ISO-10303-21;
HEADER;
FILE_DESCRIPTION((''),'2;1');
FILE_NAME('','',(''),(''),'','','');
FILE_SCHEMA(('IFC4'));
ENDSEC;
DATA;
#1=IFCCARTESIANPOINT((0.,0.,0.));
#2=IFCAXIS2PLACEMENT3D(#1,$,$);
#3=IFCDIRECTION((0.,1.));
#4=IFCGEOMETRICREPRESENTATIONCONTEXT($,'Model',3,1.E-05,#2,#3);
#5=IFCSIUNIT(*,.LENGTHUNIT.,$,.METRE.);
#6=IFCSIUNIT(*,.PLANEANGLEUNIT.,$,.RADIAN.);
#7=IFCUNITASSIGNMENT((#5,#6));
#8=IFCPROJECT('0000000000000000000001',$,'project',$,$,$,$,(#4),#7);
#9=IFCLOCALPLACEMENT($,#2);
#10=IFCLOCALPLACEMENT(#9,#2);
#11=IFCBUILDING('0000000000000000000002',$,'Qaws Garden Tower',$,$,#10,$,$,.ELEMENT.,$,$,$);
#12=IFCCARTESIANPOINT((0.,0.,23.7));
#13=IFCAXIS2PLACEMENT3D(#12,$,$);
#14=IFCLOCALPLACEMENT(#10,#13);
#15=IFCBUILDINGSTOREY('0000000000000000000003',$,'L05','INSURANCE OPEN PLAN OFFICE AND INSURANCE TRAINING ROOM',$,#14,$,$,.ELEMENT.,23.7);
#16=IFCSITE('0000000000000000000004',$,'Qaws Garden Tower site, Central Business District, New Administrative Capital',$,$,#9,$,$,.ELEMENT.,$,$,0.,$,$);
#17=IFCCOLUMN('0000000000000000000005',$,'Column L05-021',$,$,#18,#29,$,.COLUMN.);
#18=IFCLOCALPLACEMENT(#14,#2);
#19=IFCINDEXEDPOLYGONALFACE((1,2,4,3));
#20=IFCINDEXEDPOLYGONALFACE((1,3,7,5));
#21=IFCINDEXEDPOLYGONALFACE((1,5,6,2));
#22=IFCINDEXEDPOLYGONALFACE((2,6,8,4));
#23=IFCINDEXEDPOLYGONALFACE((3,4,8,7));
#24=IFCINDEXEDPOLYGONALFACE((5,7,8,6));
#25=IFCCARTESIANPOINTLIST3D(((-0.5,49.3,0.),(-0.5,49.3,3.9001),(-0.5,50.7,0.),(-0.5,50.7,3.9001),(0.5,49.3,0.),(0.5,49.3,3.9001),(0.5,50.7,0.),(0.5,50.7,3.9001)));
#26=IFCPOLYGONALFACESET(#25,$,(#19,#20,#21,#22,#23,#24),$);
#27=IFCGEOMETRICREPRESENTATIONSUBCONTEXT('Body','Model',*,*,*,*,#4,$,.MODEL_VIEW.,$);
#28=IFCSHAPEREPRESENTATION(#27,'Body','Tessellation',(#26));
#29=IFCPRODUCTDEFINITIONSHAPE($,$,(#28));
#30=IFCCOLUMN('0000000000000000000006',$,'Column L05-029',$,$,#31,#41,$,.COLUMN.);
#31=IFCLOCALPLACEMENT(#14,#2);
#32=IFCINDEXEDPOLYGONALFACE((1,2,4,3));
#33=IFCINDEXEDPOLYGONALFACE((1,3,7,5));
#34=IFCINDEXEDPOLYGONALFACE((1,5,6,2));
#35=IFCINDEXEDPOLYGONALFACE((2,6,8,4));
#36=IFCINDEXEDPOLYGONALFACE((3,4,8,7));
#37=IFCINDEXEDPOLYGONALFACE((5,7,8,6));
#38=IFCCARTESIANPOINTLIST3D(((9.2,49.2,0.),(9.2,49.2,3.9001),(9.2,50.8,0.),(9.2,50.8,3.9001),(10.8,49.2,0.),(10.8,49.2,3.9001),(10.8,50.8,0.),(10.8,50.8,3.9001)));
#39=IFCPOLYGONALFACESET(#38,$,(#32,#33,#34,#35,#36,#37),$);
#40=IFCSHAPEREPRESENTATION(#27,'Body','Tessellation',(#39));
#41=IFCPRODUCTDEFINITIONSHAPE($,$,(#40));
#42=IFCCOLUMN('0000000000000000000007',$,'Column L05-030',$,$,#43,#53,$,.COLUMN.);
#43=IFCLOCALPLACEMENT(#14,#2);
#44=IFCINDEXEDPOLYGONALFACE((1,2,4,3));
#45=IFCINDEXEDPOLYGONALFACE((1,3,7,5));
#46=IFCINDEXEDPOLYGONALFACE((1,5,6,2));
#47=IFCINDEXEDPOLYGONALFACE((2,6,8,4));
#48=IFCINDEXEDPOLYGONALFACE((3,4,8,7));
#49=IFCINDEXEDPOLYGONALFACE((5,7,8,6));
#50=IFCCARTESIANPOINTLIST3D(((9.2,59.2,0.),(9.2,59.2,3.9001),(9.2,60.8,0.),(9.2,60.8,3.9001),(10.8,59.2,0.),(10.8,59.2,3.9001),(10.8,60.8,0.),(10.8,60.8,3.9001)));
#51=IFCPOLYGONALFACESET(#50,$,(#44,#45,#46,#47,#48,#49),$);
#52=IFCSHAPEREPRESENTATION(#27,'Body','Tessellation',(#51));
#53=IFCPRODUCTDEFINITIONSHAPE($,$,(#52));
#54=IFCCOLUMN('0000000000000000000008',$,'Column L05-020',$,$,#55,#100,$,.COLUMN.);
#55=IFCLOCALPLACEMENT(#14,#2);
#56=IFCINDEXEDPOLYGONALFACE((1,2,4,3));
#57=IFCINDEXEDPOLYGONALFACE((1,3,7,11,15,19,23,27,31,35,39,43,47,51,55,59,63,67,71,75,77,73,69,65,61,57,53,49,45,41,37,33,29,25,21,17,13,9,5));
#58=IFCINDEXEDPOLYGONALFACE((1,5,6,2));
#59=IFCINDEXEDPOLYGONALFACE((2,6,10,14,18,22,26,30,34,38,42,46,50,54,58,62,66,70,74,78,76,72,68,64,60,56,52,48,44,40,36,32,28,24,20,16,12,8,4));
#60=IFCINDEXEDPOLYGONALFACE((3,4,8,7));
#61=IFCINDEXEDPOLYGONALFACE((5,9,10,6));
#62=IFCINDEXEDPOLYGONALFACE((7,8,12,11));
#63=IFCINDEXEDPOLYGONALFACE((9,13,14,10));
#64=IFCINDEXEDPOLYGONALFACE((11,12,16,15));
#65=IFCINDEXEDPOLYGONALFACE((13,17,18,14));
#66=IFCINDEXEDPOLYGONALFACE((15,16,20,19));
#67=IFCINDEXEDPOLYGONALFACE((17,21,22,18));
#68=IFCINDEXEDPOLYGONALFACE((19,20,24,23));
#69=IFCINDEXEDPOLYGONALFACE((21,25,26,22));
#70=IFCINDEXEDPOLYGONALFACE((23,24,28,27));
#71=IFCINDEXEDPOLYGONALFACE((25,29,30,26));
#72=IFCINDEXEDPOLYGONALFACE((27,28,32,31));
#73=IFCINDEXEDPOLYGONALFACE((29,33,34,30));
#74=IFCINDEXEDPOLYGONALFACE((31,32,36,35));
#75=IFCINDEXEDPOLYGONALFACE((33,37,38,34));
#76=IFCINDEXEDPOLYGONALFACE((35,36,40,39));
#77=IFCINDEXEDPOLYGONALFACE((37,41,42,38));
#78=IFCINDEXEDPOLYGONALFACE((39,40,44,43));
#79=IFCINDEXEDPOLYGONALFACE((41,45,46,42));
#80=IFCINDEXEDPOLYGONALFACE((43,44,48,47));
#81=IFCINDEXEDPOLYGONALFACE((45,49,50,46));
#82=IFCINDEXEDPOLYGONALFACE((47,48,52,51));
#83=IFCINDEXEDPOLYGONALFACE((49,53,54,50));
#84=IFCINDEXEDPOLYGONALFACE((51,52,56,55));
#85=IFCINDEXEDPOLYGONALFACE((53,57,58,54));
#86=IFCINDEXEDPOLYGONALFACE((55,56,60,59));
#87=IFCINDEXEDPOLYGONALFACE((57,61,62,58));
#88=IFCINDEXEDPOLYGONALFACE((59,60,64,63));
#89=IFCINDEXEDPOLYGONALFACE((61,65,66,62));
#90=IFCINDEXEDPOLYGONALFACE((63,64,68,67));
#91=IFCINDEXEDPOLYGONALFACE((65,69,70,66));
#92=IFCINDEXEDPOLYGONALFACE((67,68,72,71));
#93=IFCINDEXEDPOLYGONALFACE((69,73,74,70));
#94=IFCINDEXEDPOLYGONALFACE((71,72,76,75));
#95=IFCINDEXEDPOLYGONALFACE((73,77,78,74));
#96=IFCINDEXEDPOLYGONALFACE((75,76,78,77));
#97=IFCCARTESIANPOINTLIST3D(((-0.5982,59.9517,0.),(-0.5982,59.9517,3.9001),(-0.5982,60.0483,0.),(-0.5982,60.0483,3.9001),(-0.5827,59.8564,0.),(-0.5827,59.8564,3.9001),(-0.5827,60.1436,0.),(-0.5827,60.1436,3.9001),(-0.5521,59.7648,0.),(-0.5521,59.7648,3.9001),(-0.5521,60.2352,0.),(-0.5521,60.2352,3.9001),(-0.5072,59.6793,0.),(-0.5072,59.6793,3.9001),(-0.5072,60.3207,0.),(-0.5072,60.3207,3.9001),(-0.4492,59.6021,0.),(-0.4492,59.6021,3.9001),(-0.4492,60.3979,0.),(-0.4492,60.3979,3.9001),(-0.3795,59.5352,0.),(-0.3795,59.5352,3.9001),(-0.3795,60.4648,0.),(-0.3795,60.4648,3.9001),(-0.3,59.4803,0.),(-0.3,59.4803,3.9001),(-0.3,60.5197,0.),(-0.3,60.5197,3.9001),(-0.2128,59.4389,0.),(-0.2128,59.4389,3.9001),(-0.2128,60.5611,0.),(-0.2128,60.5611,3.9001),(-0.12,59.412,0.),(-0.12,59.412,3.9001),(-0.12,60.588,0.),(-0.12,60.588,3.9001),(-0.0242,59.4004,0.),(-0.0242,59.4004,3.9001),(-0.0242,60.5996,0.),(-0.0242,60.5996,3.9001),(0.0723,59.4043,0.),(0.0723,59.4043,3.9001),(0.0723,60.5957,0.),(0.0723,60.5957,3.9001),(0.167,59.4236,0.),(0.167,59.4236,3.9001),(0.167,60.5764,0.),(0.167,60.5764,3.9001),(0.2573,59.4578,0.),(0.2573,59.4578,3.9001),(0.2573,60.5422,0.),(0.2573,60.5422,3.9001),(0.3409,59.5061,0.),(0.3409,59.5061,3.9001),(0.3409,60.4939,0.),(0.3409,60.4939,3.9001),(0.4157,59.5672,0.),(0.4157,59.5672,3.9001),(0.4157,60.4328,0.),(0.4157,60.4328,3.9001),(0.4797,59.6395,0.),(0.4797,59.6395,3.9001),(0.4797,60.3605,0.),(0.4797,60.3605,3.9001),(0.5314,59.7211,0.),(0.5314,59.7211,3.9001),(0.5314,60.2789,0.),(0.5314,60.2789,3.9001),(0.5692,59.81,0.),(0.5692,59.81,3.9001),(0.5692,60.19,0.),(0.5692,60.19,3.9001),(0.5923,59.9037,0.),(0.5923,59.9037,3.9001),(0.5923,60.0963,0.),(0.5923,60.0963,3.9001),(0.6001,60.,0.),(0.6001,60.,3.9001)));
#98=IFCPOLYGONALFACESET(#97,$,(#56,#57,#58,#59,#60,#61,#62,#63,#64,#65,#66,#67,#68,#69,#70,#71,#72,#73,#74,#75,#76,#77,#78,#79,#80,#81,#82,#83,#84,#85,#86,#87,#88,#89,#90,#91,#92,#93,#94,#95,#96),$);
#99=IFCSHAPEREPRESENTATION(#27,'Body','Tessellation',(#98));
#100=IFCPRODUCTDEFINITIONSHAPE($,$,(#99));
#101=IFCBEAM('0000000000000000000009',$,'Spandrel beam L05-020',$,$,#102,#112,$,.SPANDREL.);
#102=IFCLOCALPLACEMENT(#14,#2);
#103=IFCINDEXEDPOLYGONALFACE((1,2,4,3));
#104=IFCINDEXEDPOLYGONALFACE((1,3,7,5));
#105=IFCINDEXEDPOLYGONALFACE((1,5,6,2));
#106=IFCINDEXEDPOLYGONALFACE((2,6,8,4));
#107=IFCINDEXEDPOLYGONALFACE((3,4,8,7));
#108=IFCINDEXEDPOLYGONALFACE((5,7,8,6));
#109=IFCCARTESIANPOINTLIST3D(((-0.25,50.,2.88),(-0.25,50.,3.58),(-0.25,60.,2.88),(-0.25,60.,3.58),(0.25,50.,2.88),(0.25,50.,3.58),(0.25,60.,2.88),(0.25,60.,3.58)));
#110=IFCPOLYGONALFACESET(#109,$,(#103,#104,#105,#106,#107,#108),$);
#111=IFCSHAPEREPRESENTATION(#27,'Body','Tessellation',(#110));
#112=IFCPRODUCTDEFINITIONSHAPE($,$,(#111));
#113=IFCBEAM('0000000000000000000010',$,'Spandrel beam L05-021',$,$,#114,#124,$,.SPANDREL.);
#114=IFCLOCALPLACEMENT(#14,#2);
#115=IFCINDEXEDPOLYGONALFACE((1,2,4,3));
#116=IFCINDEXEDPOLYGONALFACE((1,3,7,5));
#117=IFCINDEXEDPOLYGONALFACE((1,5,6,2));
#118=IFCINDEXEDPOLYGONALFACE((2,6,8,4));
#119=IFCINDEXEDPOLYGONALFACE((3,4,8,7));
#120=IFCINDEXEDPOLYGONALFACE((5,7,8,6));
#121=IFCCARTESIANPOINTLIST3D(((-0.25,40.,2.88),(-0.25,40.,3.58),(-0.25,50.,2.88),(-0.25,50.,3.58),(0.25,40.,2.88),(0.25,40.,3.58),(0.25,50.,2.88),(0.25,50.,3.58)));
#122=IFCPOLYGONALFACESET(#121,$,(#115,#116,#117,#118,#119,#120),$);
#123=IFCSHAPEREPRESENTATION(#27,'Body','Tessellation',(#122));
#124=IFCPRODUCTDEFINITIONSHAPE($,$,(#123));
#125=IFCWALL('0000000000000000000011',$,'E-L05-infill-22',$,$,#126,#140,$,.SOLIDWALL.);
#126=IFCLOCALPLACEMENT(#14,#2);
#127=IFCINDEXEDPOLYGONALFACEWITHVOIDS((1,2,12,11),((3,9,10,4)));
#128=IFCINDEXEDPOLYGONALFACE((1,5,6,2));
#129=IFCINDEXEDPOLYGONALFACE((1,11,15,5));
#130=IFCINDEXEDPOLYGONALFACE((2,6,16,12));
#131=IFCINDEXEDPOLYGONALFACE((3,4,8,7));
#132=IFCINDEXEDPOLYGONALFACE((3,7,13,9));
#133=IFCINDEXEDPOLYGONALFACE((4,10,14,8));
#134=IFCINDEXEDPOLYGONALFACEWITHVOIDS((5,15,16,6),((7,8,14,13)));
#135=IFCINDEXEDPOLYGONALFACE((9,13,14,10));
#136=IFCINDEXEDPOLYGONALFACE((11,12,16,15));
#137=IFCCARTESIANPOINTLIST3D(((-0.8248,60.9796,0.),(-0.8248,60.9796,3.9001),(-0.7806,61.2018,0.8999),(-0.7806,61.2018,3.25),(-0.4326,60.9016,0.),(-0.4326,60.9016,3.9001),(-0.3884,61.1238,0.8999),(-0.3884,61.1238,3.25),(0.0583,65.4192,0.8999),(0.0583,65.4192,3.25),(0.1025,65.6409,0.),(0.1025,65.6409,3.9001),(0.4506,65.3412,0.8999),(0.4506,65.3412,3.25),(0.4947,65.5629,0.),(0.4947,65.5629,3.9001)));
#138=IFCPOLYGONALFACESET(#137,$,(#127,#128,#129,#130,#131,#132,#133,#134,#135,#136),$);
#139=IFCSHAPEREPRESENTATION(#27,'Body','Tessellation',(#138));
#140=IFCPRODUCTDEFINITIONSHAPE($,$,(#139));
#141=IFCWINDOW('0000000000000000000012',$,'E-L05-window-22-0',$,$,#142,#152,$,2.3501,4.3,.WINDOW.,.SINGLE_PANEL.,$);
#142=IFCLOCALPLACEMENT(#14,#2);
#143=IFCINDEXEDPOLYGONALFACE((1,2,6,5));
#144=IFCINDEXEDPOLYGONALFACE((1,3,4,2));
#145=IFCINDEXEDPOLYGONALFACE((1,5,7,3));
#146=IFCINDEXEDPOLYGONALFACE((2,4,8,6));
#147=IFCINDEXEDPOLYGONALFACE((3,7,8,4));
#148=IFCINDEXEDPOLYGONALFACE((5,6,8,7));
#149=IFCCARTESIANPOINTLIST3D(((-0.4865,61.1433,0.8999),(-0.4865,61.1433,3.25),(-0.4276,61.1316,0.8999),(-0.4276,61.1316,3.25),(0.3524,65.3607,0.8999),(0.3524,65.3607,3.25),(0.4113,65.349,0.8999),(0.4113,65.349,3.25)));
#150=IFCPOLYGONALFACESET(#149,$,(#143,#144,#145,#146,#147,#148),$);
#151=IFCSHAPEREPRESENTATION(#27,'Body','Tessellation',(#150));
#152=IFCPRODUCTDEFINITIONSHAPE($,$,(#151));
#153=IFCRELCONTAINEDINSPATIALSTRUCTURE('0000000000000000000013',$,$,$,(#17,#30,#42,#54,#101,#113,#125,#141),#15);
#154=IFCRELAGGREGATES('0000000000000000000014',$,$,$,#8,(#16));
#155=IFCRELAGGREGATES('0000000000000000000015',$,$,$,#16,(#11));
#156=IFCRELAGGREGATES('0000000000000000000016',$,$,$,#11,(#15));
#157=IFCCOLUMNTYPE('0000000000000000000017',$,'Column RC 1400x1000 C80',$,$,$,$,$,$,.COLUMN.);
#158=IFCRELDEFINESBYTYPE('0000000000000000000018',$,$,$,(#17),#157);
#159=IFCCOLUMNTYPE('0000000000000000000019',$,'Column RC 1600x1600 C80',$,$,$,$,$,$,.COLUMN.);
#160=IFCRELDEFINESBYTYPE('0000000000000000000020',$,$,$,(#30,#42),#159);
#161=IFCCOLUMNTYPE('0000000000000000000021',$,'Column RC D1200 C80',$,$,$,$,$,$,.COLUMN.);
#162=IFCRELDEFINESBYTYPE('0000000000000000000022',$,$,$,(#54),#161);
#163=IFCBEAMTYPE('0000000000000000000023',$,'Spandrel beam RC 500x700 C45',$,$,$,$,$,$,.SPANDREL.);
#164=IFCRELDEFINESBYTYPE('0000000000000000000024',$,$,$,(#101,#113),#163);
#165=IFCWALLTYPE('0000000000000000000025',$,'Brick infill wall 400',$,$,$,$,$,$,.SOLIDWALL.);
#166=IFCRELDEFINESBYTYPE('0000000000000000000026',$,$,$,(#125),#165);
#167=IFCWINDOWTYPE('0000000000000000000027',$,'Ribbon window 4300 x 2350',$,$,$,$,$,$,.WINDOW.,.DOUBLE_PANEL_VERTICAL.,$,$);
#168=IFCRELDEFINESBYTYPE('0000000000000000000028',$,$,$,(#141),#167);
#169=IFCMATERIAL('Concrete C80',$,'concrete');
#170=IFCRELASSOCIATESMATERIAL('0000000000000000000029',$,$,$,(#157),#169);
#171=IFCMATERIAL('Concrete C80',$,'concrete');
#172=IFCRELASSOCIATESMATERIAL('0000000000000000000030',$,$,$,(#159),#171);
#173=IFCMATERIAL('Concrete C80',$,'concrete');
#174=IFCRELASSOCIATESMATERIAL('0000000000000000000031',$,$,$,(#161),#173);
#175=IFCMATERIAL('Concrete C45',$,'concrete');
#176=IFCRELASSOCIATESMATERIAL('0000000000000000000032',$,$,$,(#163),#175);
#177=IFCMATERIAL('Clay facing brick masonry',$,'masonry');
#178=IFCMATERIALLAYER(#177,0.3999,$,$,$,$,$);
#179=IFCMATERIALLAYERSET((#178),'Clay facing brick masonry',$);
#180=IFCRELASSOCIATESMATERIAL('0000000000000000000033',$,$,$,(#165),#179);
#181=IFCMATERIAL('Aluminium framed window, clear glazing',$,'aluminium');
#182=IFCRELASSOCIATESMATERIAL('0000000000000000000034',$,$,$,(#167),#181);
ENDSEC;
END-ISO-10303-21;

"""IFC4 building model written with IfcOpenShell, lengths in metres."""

from ifc_helpers import new_model, si_unit, direction, frame, frame_2d, origin, origin_2d, place, context, subcontext, project, spatial, rectangle, circle, extrude, material, layer, layer_set, material_profile, profile_set, type_object, element, fill, save


model = new_model("IFC4")

# Units and contexts
model_context = context("Model", 3, precision=1e-05, world=origin(), true_north=direction((0.0, 1.0)))
body_context = subcontext(model_context, "Body", "Model", "MODEL_VIEW")
ifc_project = project(units=[si_unit("LENGTHUNIT", "METRE"), si_unit("PLANEANGLEUNIT", "RADIAN")], contexts=[model_context])

# Site, building, storey
site_placement = place(None, origin())
site = spatial("IfcSite", under=ifc_project, at=site_placement, Name="Qaws Garden Tower site, Central Business District, New Administrative Capital", CompositionType="ELEMENT", RefElevation=0.0)
building_placement = place(site_placement, origin())
building = spatial("IfcBuilding", under=site, at=building_placement, Name="Qaws Garden Tower", CompositionType="ELEMENT")
storey_placement = place(building_placement, frame((0.0, 0.0, 23.7)))
storey = spatial("IfcBuildingStorey", under=building, at=storey_placement, Name="L05", Description="INSURANCE OPEN PLAN OFFICE AND INSURANCE TRAINING ROOM", CompositionType="ELEMENT", Elevation=23.7)

# Columns
ifc_material_1 = material(Name="Concrete C80", Category="concrete")
ifc_material_profile_1 = material_profile(ifc_material_1, rectangle(XDim=1.3999, YDim=1.0, at=origin_2d()), Name="RC 1400x1000")
ifc_profile_set_1 = profile_set([ifc_material_profile_1], Name="Concrete C80")
column_type_1 = type_object("IfcColumnType", Name="Column RC 1400x1000 C80", PredefinedType="COLUMN", material=ifc_profile_set_1)
column_1_placement = place(storey_placement, frame((0.0, 50.0, 0.0), z_axis=(0.0, 0.0, 1.0), x_axis=(0.0, 1.0, 0.0)))
element("IfcColumn", 1, at=column_1_placement, inside=storey, type_object=column_type_1, Name="Column L05-021", PredefinedType="COLUMN", context=body_context, shape_type="SweptSolid", body=[
    extrude(rectangle(XDim=1.3999, YDim=1.0, at=origin_2d()), origin(), (0.0, 0.0, 1.0), 3.9001),
])
ifc_material_2 = material(Name="Concrete C80", Category="concrete")
ifc_material_profile_2 = material_profile(ifc_material_2, rectangle(XDim=1.6001, YDim=1.6001, at=origin_2d()), Name="RC 1600x1600")
ifc_profile_set_2 = profile_set([ifc_material_profile_2], Name="Concrete C80")
column_type_2 = type_object("IfcColumnType", Name="Column RC 1600x1600 C80", PredefinedType="COLUMN", material=ifc_profile_set_2)
for number, where, z_axis, x_axis, name in (
    (2, (10.0, 50.0, 0.0), (0.0, 0.0, 1.0), (1.0, 0.0, 0.0), "Column L05-029"),
    (3, (10.0, 60.0, 0.0), (0.0, 0.0, 1.0), (1.0, 0.0, 0.0), "Column L05-030"),
):
    element("IfcColumn", number, at=place(storey_placement, frame(where, z_axis=z_axis, x_axis=x_axis)), inside=storey, type_object=column_type_2, Name=name, PredefinedType="COLUMN", context=body_context, shape_type="SweptSolid", body=[
        extrude(rectangle(XDim=1.6001, YDim=1.6001, at=origin_2d()), origin(), (0.0, 0.0, 1.0), 3.9001),
    ])
ifc_material_3 = material(Name="Concrete C80", Category="concrete")
ifc_material_profile_3 = material_profile(ifc_material_3, circle(Radius=0.6001, at=origin_2d()), Name="RC D1200")
ifc_profile_set_3 = profile_set([ifc_material_profile_3], Name="Concrete C80")
column_type_3 = type_object("IfcColumnType", Name="Column RC D1200 C80", PredefinedType="COLUMN", material=ifc_profile_set_3)
column_2_placement = place(storey_placement, frame((0.0, 60.0, 0.0), z_axis=(0.0, 0.0, 1.0), x_axis=(1.0, 0.0, 0.0)))
element("IfcColumn", 4, at=column_2_placement, inside=storey, type_object=column_type_3, Name="Column L05-020", PredefinedType="COLUMN", context=body_context, shape_type="SweptSolid", body=[
    extrude(circle(Radius=0.6001, at=origin_2d()), origin(), (0.0, 0.0, 1.0), 3.9001),
])

# Beams
ifc_material_4 = material(Name="Concrete C45", Category="concrete")
ifc_material_profile_4 = material_profile(ifc_material_4, rectangle(XDim=0.5, YDim=0.7, at=origin_2d()), Name="RC 500x700")
ifc_profile_set_4 = profile_set([ifc_material_profile_4], Name="Concrete C45")
beam_type = type_object("IfcBeamType", Name="Spandrel beam RC 500x700 C45", PredefinedType="SPANDREL", material=ifc_profile_set_4)
for number, where, z_axis, x_axis, name in (
    (5, (0.0, 60.0, 3.23), (0.0, -1.0, 0.0), (1.0, 0.0, 0.0), "Spandrel beam L05-020"),
    (6, (0.0, 50.0, 3.23), (0.0, -1.0, 0.0), (1.0, 0.0, 0.0), "Spandrel beam L05-021"),
):
    element("IfcBeam", number, at=place(storey_placement, frame(where, z_axis=z_axis, x_axis=x_axis)), inside=storey, type_object=beam_type, Name=name, PredefinedType="SPANDREL", context=body_context, shape_type="SweptSolid", body=[
        extrude(rectangle(XDim=0.5, YDim=0.7, at=origin_2d()), origin(), (0.0, 0.0, 1.0), 10.0),
    ])

# Wall, opening, window
ifc_material_5 = material(Name="Clay facing brick masonry", Category="masonry")
ifc_layer_1 = layer(ifc_material_5, 0.3999)
ifc_layer_set_1 = layer_set([ifc_layer_1], Name="Clay facing brick masonry")
wall_type_1 = type_object("IfcWallType", Name="Brick infill wall 400", PredefinedType="SOLIDWALL", material=ifc_layer_set_1)
wall_1_placement = place(storey_placement, frame((0.2986, 65.6021, 0.0), z_axis=(0.0, 0.0, 1.0), x_axis=(-0.195099, -0.980784, 0.0)))
wall_1 = element("IfcWall", 7, at=wall_1_placement, inside=storey, type_object=wall_type_1, Name="E-L05-infill-22", PredefinedType="SOLIDWALL", context=body_context, shape_type="SweptSolid", body=[
    extrude(rectangle(XDim=4.7527, YDim=0.3999, at=frame_2d((2.3765, 0.0))), origin(), (0.0, 0.0, 1.0), 3.9001),
])
opening_1_placement = place(wall_1_placement, frame((0.2263, 0.0, 0.8999)))
opening_1 = element("IfcOpeningElement", 8, at=opening_1_placement, cuts=wall_1, PredefinedType="OPENING", context=body_context, shape_type="SweptSolid", body=[
    extrude(rectangle(XDim=4.3, YDim=2.3501, at=frame_2d((2.1499, 1.175))), frame((0.0, 0.21, 0.0), z_axis=(0.0, -1.0, 0.0), x_axis=(1.0, 0.0, 0.0)), (0.0, 0.0, 1.0), 0.4199),
])
ifc_material_6 = material(Name="Aluminium framed window, clear glazing", Category="aluminium")
window_type_1 = type_object("IfcWindowType", Name="Ribbon window 4300 x 2350", PartitioningType="DOUBLE_PANEL_VERTICAL", PredefinedType="WINDOW", material=ifc_material_6)
window_1_placement = place(opening_1_placement, origin())
window_1 = element("IfcWindow", 9, at=window_1_placement, inside=storey, type_object=window_type_1, Name="E-L05-window-22-0", OverallHeight=2.3501, OverallWidth=4.3, PartitioningType="SINGLE_PANEL", PredefinedType="WINDOW", context=body_context, shape_type="SweptSolid", body=[
    extrude(rectangle(XDim=4.3, YDim=2.3501, at=frame_2d((2.1499, 1.175))), frame((0.0, 0.1599, 0.0), z_axis=(0.0, -1.0, 0.0), x_axis=(1.0, 0.0, 0.0)), (0.0, 0.0, 1.0), 0.0601),
])
fill(opening_1, window_1)

save(model, "model.ifc")
